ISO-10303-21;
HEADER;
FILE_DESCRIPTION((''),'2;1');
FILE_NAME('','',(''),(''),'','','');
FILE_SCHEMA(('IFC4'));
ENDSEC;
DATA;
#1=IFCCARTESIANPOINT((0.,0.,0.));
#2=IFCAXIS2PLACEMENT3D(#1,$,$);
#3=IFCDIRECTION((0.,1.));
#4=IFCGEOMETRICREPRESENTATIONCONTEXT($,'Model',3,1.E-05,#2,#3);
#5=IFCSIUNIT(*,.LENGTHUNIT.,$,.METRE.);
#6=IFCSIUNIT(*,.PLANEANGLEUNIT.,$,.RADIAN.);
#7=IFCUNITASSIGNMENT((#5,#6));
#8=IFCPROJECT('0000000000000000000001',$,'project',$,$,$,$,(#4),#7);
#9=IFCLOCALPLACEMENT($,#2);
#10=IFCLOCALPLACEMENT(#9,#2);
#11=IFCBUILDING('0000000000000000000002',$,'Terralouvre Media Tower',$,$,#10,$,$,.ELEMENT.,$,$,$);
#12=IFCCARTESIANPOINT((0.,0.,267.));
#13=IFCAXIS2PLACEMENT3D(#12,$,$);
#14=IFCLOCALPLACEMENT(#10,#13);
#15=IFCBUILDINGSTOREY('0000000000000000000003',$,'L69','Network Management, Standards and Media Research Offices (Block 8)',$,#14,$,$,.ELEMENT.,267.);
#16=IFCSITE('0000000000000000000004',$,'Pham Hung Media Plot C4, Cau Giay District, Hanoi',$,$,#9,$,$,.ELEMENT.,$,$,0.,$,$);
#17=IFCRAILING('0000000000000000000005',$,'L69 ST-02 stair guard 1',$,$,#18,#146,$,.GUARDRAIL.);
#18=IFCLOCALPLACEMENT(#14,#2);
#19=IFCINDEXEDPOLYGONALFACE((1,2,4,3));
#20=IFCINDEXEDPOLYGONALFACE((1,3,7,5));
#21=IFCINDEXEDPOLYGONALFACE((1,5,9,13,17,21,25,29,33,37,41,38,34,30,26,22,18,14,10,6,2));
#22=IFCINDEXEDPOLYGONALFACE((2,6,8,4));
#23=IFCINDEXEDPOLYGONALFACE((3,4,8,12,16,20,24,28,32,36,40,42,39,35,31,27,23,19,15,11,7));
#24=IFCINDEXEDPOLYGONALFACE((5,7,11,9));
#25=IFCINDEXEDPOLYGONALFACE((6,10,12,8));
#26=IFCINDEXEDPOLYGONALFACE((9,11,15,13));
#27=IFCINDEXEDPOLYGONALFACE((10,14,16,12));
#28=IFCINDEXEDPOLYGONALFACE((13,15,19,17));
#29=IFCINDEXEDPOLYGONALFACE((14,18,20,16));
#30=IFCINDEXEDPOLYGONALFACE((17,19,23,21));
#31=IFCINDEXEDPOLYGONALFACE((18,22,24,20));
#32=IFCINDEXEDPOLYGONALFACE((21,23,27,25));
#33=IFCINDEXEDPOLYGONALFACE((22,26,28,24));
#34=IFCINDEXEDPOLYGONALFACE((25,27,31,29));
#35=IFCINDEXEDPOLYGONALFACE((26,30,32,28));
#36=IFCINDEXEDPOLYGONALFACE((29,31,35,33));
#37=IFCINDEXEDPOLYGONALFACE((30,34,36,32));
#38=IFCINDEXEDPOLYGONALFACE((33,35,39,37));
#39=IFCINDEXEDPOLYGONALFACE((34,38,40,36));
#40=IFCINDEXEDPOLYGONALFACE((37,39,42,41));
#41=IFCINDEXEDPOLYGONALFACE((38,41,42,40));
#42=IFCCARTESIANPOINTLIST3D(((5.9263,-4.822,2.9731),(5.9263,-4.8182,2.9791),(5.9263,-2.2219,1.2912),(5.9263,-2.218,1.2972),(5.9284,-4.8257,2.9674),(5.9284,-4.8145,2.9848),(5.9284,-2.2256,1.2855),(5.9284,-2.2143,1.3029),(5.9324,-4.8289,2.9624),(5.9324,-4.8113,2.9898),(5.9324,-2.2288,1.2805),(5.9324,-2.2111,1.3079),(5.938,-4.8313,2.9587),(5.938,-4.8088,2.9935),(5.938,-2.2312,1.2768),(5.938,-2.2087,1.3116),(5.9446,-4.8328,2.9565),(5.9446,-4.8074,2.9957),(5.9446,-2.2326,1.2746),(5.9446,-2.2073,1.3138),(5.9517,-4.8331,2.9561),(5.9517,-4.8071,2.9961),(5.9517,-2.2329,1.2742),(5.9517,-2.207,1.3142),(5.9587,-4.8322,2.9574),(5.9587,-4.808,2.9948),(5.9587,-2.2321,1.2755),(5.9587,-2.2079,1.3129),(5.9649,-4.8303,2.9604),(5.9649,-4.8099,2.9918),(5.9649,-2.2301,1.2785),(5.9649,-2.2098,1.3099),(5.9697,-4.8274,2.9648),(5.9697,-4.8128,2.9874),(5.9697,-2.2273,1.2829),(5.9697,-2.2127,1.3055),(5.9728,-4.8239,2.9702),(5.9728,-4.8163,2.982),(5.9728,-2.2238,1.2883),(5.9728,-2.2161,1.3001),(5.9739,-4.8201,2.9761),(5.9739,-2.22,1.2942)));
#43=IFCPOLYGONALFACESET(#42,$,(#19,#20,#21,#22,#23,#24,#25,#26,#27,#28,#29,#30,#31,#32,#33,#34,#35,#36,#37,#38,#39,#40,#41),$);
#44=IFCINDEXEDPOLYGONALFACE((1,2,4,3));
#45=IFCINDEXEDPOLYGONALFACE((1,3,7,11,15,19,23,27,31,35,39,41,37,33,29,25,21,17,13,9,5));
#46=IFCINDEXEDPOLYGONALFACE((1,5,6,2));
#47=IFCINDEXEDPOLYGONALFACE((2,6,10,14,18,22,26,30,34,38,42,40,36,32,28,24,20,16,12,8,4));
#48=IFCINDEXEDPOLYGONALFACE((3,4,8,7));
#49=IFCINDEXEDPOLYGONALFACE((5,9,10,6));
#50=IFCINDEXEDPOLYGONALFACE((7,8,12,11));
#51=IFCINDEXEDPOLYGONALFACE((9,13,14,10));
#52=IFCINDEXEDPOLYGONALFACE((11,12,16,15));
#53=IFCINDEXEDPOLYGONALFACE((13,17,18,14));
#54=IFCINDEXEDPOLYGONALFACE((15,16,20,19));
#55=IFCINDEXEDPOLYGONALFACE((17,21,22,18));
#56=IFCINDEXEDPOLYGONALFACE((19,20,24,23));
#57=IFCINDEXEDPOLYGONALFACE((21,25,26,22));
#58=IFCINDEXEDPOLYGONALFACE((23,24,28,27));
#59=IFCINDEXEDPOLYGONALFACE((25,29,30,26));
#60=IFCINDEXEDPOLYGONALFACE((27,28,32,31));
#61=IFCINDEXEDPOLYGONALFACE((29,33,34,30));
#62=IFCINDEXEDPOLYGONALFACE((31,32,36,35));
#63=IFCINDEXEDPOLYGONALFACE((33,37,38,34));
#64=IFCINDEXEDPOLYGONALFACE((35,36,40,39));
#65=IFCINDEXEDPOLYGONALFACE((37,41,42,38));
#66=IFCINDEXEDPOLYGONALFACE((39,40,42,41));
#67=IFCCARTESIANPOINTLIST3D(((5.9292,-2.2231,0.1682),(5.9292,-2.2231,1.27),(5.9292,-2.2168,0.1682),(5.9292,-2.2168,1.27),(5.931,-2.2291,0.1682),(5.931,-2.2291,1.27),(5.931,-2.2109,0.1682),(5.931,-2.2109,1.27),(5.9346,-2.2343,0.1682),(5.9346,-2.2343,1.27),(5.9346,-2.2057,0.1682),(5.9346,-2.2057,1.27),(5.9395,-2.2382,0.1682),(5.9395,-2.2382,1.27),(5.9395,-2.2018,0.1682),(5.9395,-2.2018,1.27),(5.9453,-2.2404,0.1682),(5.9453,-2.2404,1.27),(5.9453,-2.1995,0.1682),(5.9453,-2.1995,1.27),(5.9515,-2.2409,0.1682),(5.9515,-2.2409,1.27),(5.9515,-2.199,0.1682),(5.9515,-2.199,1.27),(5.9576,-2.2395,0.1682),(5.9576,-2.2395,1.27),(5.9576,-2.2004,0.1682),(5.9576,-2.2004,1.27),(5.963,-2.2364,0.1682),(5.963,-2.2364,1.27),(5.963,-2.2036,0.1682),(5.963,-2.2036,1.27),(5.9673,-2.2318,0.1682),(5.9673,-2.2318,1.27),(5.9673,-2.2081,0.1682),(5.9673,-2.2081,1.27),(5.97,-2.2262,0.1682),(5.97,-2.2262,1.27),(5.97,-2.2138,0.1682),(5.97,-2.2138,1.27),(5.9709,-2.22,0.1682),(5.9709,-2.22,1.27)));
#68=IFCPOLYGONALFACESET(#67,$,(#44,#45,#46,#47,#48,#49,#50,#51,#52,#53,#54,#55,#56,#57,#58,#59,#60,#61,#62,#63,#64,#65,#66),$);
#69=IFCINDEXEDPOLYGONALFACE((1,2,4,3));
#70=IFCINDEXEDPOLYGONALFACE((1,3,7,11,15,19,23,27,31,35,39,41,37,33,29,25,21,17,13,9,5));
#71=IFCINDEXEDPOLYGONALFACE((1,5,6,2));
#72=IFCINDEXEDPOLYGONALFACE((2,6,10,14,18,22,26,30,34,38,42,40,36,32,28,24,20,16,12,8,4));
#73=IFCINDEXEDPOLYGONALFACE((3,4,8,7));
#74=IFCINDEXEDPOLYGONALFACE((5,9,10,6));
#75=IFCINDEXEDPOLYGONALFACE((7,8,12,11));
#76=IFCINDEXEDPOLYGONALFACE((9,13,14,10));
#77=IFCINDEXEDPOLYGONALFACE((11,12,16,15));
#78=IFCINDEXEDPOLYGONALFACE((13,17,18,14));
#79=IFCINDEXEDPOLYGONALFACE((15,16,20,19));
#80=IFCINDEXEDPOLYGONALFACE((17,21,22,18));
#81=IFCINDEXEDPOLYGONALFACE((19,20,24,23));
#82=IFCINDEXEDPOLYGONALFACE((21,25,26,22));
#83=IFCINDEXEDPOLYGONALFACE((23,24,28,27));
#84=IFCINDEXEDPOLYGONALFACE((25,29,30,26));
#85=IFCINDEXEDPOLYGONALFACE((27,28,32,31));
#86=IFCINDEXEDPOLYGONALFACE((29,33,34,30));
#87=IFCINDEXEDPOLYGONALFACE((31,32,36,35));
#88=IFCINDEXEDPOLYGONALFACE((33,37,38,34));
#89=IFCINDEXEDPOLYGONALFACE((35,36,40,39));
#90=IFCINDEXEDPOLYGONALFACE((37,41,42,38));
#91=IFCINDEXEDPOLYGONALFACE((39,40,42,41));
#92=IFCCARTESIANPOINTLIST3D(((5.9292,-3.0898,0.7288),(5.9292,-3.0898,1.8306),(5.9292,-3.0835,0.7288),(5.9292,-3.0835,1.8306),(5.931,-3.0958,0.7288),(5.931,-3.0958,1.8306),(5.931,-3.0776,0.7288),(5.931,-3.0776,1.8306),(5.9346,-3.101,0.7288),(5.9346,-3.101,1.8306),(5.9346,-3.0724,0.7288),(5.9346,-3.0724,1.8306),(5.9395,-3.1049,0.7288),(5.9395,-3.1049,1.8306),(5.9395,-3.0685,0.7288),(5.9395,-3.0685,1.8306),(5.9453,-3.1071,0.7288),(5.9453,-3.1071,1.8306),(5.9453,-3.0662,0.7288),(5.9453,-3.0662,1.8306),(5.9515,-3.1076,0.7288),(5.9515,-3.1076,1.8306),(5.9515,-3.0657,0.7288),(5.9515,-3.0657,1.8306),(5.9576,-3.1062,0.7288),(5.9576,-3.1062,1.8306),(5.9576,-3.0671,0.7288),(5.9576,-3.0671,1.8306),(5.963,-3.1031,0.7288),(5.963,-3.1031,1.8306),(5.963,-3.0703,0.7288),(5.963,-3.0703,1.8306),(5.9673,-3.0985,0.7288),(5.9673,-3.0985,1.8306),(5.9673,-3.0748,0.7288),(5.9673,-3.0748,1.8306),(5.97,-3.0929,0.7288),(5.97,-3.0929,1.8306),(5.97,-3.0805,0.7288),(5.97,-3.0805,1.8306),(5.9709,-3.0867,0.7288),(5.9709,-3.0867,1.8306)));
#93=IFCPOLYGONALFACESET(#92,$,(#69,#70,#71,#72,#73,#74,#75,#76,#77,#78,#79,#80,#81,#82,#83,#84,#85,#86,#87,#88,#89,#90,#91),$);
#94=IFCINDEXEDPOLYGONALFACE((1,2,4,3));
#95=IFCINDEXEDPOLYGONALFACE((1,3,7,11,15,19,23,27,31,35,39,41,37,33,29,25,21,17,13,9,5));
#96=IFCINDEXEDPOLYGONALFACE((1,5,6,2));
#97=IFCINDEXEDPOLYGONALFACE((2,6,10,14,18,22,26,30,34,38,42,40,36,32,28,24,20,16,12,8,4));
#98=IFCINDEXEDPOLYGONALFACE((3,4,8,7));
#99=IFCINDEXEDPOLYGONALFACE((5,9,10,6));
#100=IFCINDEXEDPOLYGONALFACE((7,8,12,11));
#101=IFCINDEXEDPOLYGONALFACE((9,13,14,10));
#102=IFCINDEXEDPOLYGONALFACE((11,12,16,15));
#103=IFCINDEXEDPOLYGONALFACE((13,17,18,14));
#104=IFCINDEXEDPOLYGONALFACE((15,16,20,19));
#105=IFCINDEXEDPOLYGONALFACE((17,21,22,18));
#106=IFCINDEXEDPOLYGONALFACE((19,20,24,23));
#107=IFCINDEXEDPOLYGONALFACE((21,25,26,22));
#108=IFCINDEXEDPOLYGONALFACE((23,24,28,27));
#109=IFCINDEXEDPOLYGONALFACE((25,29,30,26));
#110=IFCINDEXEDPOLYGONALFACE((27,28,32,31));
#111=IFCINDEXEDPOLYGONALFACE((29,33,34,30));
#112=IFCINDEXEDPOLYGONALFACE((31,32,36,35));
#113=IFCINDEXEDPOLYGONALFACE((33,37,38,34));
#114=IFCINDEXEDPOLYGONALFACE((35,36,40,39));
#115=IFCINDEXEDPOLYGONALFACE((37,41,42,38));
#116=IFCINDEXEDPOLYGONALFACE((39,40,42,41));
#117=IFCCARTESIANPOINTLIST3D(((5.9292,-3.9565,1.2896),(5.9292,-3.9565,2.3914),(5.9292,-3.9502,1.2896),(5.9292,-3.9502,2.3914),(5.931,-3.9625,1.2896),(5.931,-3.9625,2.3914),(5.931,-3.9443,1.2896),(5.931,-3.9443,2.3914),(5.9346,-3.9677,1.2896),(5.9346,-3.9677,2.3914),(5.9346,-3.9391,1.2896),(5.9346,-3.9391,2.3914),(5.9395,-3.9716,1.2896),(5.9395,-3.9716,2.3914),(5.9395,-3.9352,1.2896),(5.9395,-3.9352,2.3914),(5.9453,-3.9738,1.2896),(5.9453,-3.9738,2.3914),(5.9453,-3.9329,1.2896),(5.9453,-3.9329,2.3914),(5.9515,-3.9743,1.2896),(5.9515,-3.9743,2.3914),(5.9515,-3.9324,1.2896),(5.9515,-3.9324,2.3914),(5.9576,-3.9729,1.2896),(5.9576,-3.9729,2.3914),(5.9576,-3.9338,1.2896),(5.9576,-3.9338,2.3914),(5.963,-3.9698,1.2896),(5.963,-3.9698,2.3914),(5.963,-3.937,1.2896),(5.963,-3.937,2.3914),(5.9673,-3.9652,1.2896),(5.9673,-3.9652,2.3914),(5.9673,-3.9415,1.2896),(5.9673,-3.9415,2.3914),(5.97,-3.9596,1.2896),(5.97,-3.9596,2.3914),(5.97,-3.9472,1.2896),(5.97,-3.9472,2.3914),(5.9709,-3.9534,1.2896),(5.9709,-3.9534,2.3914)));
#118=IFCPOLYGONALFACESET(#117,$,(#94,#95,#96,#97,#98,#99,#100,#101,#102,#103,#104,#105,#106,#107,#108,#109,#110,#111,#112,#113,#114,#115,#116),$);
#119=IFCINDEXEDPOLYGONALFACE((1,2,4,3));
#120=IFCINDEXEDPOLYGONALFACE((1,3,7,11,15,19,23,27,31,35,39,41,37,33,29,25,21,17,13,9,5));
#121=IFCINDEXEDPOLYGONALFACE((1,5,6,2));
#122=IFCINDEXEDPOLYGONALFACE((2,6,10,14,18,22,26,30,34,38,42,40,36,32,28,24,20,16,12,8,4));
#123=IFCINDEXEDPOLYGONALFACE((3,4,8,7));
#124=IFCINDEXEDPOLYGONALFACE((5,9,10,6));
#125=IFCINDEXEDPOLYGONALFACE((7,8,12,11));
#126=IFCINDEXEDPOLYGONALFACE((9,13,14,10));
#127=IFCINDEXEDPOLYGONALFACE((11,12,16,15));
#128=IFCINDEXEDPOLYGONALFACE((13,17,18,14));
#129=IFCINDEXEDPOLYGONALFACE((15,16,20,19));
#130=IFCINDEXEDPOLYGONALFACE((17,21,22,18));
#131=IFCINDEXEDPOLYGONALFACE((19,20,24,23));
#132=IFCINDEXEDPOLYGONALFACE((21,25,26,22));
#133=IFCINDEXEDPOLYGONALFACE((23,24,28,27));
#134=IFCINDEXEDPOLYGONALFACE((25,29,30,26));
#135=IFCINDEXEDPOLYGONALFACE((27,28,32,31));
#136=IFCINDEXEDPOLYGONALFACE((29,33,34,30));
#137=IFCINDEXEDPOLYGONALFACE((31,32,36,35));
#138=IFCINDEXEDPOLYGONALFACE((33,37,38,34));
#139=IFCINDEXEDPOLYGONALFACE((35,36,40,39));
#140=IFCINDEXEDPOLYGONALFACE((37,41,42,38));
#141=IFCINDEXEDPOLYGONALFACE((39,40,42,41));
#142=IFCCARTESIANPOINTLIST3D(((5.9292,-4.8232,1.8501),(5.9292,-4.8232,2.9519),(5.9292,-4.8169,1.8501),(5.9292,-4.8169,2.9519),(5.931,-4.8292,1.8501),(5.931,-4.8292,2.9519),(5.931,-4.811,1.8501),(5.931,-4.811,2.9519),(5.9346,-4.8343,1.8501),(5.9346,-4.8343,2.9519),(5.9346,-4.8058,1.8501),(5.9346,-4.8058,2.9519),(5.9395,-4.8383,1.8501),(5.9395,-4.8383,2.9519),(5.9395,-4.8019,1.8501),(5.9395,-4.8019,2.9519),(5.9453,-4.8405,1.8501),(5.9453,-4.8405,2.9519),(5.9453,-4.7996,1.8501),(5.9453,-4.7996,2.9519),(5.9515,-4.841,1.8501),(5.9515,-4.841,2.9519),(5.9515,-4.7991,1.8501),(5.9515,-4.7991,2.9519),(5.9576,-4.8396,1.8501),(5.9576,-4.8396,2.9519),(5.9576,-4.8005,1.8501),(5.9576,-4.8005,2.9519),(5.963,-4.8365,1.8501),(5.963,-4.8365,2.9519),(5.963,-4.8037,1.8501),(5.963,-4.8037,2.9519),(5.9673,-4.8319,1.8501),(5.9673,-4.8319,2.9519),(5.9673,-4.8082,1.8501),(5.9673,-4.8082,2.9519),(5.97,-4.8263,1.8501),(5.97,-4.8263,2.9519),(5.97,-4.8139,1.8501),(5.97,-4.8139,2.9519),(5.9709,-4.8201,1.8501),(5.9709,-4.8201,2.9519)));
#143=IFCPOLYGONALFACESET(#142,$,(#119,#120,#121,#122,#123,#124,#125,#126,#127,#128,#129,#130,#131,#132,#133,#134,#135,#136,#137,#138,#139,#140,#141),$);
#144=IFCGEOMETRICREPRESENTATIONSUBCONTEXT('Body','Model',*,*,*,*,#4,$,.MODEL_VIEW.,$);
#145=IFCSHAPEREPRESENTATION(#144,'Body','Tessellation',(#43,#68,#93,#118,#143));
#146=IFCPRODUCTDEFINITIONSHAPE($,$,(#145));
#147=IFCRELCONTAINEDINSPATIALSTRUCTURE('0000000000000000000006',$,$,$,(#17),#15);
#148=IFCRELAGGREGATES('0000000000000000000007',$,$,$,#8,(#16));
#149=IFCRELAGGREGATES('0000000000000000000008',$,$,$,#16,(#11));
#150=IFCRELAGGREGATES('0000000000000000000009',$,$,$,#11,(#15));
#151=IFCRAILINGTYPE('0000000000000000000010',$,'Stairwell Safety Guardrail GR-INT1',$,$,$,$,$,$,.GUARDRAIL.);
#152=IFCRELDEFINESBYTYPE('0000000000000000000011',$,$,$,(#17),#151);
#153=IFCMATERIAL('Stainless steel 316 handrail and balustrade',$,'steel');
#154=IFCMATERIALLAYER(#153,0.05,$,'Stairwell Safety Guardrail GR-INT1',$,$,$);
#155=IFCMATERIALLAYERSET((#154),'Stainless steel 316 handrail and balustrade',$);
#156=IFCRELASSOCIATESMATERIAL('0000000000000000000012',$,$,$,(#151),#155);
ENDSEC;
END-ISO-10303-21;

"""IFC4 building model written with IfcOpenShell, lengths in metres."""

from ifc_helpers import new_model, si_unit, direction, frame, origin, origin_2d, place, context, subcontext, project, spatial, circle, extrude, material, layer, layer_set, type_object, element, save


model = new_model("IFC4")

# Units and contexts
model_context = context("Model", 3, precision=1e-05, world=origin(), true_north=direction((0.0, 1.0)))
body_context = subcontext(model_context, "Body", "Model", "MODEL_VIEW")
ifc_project = project(units=[si_unit("LENGTHUNIT", "METRE"), si_unit("PLANEANGLEUNIT", "RADIAN")], contexts=[model_context])

# Site, building, storey
site_placement = place(None, origin())
site = spatial("IfcSite", under=ifc_project, at=site_placement, Name="Pham Hung Media Plot C4, Cau Giay District, Hanoi", CompositionType="ELEMENT", RefElevation=0.0)
building_placement = place(site_placement, origin())
building = spatial("IfcBuilding", under=site, at=building_placement, Name="Terralouvre Media Tower", CompositionType="ELEMENT")
storey_placement = place(building_placement, frame((0.0, 0.0, 267.0)))
storey = spatial("IfcBuildingStorey", under=building, at=storey_placement, Name="L69", Description="Network Management, Standards and Media Research Offices (Block 8)", CompositionType="ELEMENT", Elevation=267.0)

# Railing
ifc_material_1 = material(Name="Stainless steel 316 handrail and balustrade", Category="steel")
ifc_layer_1 = layer(ifc_material_1, 0.05, Name="Stairwell Safety Guardrail GR-INT1")
ifc_layer_set_1 = layer_set([ifc_layer_1], Name="Stainless steel 316 handrail and balustrade")
railing_type_1 = type_object("IfcRailingType", Name="Stairwell Safety Guardrail GR-INT1", PredefinedType="GUARDRAIL", material=ifc_layer_set_1)
railing_1_placement = place(storey_placement, frame((5.95, -2.22, 0.1682)))
element("IfcRailing", 1, at=railing_1_placement, inside=storey, type_object=railing_type_1, Name="L69 ST-02 stair guard 1", PredefinedType="GUARDRAIL", context=body_context, shape_type="SweptSolid", body=[
    extrude(circle(Radius=0.0239, at=origin_2d()), frame((0.0, 0.0, 1.126), z_axis=(0.0, -0.839648, 0.54313), x_axis=(1.0, 0.0, 0.0)), (0.0, 0.0, 1.0), 3.0967),
    extrude(circle(Radius=0.021, at=origin_2d()), origin(), (0.0, 0.0, 1.0), 1.1018),
    extrude(circle(Radius=0.021, at=origin_2d()), frame((0.0, -0.8667, 0.5605)), (0.0, 0.0, 1.0), 1.1018),
    extrude(circle(Radius=0.021, at=origin_2d()), frame((0.0, -1.7334, 1.1213)), (0.0, 0.0, 1.0), 1.1018),
    extrude(circle(Radius=0.021, at=origin_2d()), frame((0.0, -2.6001, 1.6819)), (0.0, 0.0, 1.0), 1.1018),
])

save(model, "model.ifc")
